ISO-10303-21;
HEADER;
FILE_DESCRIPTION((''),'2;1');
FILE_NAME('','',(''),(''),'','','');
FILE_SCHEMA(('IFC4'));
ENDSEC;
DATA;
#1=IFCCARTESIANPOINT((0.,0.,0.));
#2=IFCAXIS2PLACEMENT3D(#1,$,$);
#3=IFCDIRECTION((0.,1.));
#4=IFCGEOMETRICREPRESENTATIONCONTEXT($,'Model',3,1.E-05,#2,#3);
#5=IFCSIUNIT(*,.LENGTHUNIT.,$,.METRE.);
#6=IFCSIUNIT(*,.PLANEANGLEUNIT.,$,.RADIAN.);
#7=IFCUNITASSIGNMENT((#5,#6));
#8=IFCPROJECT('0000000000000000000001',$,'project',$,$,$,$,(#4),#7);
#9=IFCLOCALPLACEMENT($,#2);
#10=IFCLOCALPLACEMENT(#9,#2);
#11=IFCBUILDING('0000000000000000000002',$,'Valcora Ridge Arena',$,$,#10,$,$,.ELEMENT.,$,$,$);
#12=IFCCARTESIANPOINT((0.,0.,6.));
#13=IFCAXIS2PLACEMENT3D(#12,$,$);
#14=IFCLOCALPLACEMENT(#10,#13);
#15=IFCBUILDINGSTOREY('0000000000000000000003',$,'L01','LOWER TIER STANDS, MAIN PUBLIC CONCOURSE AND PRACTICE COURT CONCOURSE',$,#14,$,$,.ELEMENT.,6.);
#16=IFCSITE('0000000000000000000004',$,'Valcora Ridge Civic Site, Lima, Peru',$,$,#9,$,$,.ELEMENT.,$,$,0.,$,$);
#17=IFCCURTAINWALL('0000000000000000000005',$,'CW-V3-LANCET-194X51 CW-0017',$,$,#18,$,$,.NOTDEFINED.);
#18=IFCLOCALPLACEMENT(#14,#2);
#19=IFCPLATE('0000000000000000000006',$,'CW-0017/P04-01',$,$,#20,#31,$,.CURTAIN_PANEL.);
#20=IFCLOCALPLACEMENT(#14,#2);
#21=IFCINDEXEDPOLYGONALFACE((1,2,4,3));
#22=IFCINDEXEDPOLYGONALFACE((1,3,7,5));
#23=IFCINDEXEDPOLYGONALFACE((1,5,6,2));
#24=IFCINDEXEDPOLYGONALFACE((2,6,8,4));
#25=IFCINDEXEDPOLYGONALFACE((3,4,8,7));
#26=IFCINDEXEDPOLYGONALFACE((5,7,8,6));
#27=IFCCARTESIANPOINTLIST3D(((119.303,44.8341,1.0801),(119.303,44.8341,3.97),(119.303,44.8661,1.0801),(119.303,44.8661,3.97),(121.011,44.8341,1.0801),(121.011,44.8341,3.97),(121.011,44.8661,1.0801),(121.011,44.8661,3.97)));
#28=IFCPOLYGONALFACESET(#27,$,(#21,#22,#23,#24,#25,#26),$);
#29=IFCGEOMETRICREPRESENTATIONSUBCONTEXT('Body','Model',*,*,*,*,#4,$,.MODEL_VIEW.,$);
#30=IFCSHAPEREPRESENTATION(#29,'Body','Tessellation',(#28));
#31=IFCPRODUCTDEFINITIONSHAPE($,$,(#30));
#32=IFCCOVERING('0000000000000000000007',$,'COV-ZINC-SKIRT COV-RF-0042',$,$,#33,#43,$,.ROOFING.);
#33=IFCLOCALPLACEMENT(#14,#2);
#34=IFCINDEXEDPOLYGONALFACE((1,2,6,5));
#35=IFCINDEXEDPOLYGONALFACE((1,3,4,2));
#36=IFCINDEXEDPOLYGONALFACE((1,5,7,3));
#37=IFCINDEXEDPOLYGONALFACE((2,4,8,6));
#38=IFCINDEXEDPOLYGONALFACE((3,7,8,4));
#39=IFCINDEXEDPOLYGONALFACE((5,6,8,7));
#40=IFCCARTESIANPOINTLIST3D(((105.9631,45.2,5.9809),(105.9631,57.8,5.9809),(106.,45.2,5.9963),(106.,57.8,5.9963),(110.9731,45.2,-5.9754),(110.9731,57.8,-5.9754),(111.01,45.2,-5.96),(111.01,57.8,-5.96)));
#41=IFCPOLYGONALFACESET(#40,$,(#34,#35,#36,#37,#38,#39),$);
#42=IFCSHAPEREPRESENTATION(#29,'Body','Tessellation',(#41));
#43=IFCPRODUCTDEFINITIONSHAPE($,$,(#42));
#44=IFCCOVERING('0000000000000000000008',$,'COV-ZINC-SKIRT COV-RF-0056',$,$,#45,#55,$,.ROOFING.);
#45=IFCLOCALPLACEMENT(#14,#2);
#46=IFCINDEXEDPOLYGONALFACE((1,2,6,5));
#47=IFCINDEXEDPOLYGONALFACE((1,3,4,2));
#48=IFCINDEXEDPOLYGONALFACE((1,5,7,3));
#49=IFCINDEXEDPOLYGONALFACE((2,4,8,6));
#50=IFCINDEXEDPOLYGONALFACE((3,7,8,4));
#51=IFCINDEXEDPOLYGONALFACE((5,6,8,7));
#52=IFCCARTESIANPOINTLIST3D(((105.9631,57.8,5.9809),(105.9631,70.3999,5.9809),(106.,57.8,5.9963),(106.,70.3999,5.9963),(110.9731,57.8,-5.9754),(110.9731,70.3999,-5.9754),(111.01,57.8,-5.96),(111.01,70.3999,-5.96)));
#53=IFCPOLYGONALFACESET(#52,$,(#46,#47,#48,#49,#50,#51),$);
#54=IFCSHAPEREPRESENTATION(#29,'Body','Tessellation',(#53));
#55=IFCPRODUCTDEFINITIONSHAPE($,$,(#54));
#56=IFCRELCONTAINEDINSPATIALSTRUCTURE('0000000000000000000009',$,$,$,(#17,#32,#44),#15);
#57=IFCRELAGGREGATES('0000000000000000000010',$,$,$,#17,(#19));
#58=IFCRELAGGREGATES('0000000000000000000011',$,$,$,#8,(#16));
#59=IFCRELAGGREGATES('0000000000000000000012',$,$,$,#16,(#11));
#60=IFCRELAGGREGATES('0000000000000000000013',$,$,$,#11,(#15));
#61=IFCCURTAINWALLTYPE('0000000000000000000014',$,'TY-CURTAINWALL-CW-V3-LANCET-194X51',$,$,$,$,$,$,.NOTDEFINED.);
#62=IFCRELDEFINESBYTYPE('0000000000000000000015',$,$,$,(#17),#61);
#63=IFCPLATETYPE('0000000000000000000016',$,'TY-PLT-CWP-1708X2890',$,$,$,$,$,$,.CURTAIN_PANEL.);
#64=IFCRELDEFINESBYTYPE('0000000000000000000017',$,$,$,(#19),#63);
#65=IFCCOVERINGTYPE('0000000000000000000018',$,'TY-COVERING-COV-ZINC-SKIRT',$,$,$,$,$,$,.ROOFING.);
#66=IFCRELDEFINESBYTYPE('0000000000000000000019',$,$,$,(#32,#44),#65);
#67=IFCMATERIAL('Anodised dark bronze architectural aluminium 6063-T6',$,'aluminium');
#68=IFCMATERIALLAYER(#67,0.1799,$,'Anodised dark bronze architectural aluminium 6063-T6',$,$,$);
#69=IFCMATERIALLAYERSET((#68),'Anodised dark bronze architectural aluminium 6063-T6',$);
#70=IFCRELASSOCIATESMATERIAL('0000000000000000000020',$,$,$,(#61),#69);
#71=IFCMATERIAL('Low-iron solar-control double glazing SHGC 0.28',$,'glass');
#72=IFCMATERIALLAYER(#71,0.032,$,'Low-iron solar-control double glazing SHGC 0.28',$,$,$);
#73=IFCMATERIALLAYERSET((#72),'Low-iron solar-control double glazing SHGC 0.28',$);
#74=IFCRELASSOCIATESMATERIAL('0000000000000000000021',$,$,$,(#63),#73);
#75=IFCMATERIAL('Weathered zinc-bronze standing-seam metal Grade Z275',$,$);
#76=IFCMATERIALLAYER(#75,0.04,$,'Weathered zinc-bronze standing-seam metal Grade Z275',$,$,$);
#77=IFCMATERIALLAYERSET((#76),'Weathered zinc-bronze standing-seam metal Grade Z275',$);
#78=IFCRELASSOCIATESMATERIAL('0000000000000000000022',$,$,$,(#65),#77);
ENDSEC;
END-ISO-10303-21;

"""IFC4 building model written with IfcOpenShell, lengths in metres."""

from ifc_helpers import new_model, si_unit, direction, frame, origin, origin_2d, place, context, subcontext, project, spatial, polyline, rectangle, outline, extrude, material, layer, layer_set, type_object, element, aggregate, save


model = new_model("IFC4")

# Units and contexts
model_context = context("Model", 3, precision=1e-05, world=origin(), true_north=direction((0.0, 1.0)))
body_context = subcontext(model_context, "Body", "Model", "MODEL_VIEW")
ifc_project = project(units=[si_unit("LENGTHUNIT", "METRE"), si_unit("PLANEANGLEUNIT", "RADIAN")], contexts=[model_context])

# Site, building, storey
site_placement = place(None, origin())
site = spatial("IfcSite", under=ifc_project, at=site_placement, Name="Valcora Ridge Civic Site, Lima, Peru", CompositionType="ELEMENT", RefElevation=0.0)
building_placement = place(site_placement, origin())
building = spatial("IfcBuilding", under=site, at=building_placement, Name="Valcora Ridge Arena", CompositionType="ELEMENT")
storey_placement = place(building_placement, frame((0.0, 0.0, 6.0)))
storey = spatial("IfcBuildingStorey", under=building, at=storey_placement, Name="L01", Description="LOWER TIER STANDS, MAIN PUBLIC CONCOURSE AND PRACTICE COURT CONCOURSE", CompositionType="ELEMENT", Elevation=6.0)

# Curtain wall
ifc_material_1 = material(Name="Anodised dark bronze architectural aluminium 6063-T6", Category="aluminium")
ifc_layer_1 = layer(ifc_material_1, 0.1799, Name="Anodised dark bronze architectural aluminium 6063-T6")
ifc_layer_set_1 = layer_set([ifc_layer_1], Name="Anodised dark bronze architectural aluminium 6063-T6")
curtain_wall_type = type_object("IfcCurtainWallType", Name="TY-CURTAINWALL-CW-V3-LANCET-194X51", PredefinedType="NOTDEFINED", material=ifc_layer_set_1)
curtain_wall_placement = place(storey_placement, origin())
curtain_wall = element("IfcCurtainWall", 1, at=curtain_wall_placement, inside=storey, type_object=curtain_wall_type, Name="CW-V3-LANCET-194X51 CW-0017", PredefinedType="NOTDEFINED")

# Plate
ifc_material_2 = material(Name="Low-iron solar-control double glazing SHGC 0.28", Category="glass")
ifc_layer_2 = layer(ifc_material_2, 0.032, Name="Low-iron solar-control double glazing SHGC 0.28")
ifc_layer_set_2 = layer_set([ifc_layer_2], Name="Low-iron solar-control double glazing SHGC 0.28")
plate_type_1 = type_object("IfcPlateType", Name="TY-PLT-CWP-1708X2890", PredefinedType="CURTAIN_PANEL", material=ifc_layer_set_2)
plate_1_placement = place(storey_placement, frame((120.157, 44.8501, 1.0801), z_axis=(0.0, 0.0, 1.0), x_axis=(1.0, 0.0, 0.0)))
plate_1 = element("IfcPlate", 2, at=plate_1_placement, type_object=plate_type_1, Name="CW-0017/P04-01", PredefinedType="CURTAIN_PANEL", context=body_context, shape_type="SweptSolid", body=[
    extrude(rectangle(XDim=1.708, YDim=0.032, at=origin_2d()), origin(), (0.0, 0.0, 1.0), 2.8899),
])
aggregate(curtain_wall, [plate_1])

# Coverings
ifc_material_3 = material(Name="Weathered zinc-bronze standing-seam metal Grade Z275")
ifc_layer_3 = layer(ifc_material_3, 0.04, Name="Weathered zinc-bronze standing-seam metal Grade Z275")
ifc_layer_set_3 = layer_set([ifc_layer_3], Name="Weathered zinc-bronze standing-seam metal Grade Z275")
covering_type = type_object("IfcCoveringType", Name="TY-COVERING-COV-ZINC-SKIRT", PredefinedType="ROOFING", material=ifc_layer_set_3)
covering_1_placement = place(storey_placement, frame((106.0, 45.2, 5.9963), z_axis=(0.922302, 0.0, 0.386469), x_axis=(0.386469, 0.0, -0.922302)))
element("IfcCovering", 3, at=covering_1_placement, inside=storey, type_object=covering_type, Name="COV-ZINC-SKIRT COV-RF-0042", PredefinedType="ROOFING", context=body_context, shape_type="SweptSolid", body=[
    extrude(outline(polyline([(0.0, 0.0), (12.9635, 0.0), (12.9635, 12.6001), (0.0, 12.6001), (0.0, 0.0)])), origin(), (0.0, 0.0, -1.0), 0.04),
])
covering_2_placement = place(storey_placement, frame((106.0, 57.8, 5.9963), z_axis=(0.922302, 0.0, 0.386469), x_axis=(0.386469, 0.0, -0.922302)))
element("IfcCovering", 4, at=covering_2_placement, inside=storey, type_object=covering_type, Name="COV-ZINC-SKIRT COV-RF-0056", PredefinedType="ROOFING", context=body_context, shape_type="SweptSolid", body=[
    extrude(outline(polyline([(0.0, 0.0), (12.9635, 0.0), (12.9635, 12.5999), (0.0, 12.5999), (0.0, 0.0)])), origin(), (0.0, 0.0, -1.0), 0.04),
])

save(model, "model.ifc")
